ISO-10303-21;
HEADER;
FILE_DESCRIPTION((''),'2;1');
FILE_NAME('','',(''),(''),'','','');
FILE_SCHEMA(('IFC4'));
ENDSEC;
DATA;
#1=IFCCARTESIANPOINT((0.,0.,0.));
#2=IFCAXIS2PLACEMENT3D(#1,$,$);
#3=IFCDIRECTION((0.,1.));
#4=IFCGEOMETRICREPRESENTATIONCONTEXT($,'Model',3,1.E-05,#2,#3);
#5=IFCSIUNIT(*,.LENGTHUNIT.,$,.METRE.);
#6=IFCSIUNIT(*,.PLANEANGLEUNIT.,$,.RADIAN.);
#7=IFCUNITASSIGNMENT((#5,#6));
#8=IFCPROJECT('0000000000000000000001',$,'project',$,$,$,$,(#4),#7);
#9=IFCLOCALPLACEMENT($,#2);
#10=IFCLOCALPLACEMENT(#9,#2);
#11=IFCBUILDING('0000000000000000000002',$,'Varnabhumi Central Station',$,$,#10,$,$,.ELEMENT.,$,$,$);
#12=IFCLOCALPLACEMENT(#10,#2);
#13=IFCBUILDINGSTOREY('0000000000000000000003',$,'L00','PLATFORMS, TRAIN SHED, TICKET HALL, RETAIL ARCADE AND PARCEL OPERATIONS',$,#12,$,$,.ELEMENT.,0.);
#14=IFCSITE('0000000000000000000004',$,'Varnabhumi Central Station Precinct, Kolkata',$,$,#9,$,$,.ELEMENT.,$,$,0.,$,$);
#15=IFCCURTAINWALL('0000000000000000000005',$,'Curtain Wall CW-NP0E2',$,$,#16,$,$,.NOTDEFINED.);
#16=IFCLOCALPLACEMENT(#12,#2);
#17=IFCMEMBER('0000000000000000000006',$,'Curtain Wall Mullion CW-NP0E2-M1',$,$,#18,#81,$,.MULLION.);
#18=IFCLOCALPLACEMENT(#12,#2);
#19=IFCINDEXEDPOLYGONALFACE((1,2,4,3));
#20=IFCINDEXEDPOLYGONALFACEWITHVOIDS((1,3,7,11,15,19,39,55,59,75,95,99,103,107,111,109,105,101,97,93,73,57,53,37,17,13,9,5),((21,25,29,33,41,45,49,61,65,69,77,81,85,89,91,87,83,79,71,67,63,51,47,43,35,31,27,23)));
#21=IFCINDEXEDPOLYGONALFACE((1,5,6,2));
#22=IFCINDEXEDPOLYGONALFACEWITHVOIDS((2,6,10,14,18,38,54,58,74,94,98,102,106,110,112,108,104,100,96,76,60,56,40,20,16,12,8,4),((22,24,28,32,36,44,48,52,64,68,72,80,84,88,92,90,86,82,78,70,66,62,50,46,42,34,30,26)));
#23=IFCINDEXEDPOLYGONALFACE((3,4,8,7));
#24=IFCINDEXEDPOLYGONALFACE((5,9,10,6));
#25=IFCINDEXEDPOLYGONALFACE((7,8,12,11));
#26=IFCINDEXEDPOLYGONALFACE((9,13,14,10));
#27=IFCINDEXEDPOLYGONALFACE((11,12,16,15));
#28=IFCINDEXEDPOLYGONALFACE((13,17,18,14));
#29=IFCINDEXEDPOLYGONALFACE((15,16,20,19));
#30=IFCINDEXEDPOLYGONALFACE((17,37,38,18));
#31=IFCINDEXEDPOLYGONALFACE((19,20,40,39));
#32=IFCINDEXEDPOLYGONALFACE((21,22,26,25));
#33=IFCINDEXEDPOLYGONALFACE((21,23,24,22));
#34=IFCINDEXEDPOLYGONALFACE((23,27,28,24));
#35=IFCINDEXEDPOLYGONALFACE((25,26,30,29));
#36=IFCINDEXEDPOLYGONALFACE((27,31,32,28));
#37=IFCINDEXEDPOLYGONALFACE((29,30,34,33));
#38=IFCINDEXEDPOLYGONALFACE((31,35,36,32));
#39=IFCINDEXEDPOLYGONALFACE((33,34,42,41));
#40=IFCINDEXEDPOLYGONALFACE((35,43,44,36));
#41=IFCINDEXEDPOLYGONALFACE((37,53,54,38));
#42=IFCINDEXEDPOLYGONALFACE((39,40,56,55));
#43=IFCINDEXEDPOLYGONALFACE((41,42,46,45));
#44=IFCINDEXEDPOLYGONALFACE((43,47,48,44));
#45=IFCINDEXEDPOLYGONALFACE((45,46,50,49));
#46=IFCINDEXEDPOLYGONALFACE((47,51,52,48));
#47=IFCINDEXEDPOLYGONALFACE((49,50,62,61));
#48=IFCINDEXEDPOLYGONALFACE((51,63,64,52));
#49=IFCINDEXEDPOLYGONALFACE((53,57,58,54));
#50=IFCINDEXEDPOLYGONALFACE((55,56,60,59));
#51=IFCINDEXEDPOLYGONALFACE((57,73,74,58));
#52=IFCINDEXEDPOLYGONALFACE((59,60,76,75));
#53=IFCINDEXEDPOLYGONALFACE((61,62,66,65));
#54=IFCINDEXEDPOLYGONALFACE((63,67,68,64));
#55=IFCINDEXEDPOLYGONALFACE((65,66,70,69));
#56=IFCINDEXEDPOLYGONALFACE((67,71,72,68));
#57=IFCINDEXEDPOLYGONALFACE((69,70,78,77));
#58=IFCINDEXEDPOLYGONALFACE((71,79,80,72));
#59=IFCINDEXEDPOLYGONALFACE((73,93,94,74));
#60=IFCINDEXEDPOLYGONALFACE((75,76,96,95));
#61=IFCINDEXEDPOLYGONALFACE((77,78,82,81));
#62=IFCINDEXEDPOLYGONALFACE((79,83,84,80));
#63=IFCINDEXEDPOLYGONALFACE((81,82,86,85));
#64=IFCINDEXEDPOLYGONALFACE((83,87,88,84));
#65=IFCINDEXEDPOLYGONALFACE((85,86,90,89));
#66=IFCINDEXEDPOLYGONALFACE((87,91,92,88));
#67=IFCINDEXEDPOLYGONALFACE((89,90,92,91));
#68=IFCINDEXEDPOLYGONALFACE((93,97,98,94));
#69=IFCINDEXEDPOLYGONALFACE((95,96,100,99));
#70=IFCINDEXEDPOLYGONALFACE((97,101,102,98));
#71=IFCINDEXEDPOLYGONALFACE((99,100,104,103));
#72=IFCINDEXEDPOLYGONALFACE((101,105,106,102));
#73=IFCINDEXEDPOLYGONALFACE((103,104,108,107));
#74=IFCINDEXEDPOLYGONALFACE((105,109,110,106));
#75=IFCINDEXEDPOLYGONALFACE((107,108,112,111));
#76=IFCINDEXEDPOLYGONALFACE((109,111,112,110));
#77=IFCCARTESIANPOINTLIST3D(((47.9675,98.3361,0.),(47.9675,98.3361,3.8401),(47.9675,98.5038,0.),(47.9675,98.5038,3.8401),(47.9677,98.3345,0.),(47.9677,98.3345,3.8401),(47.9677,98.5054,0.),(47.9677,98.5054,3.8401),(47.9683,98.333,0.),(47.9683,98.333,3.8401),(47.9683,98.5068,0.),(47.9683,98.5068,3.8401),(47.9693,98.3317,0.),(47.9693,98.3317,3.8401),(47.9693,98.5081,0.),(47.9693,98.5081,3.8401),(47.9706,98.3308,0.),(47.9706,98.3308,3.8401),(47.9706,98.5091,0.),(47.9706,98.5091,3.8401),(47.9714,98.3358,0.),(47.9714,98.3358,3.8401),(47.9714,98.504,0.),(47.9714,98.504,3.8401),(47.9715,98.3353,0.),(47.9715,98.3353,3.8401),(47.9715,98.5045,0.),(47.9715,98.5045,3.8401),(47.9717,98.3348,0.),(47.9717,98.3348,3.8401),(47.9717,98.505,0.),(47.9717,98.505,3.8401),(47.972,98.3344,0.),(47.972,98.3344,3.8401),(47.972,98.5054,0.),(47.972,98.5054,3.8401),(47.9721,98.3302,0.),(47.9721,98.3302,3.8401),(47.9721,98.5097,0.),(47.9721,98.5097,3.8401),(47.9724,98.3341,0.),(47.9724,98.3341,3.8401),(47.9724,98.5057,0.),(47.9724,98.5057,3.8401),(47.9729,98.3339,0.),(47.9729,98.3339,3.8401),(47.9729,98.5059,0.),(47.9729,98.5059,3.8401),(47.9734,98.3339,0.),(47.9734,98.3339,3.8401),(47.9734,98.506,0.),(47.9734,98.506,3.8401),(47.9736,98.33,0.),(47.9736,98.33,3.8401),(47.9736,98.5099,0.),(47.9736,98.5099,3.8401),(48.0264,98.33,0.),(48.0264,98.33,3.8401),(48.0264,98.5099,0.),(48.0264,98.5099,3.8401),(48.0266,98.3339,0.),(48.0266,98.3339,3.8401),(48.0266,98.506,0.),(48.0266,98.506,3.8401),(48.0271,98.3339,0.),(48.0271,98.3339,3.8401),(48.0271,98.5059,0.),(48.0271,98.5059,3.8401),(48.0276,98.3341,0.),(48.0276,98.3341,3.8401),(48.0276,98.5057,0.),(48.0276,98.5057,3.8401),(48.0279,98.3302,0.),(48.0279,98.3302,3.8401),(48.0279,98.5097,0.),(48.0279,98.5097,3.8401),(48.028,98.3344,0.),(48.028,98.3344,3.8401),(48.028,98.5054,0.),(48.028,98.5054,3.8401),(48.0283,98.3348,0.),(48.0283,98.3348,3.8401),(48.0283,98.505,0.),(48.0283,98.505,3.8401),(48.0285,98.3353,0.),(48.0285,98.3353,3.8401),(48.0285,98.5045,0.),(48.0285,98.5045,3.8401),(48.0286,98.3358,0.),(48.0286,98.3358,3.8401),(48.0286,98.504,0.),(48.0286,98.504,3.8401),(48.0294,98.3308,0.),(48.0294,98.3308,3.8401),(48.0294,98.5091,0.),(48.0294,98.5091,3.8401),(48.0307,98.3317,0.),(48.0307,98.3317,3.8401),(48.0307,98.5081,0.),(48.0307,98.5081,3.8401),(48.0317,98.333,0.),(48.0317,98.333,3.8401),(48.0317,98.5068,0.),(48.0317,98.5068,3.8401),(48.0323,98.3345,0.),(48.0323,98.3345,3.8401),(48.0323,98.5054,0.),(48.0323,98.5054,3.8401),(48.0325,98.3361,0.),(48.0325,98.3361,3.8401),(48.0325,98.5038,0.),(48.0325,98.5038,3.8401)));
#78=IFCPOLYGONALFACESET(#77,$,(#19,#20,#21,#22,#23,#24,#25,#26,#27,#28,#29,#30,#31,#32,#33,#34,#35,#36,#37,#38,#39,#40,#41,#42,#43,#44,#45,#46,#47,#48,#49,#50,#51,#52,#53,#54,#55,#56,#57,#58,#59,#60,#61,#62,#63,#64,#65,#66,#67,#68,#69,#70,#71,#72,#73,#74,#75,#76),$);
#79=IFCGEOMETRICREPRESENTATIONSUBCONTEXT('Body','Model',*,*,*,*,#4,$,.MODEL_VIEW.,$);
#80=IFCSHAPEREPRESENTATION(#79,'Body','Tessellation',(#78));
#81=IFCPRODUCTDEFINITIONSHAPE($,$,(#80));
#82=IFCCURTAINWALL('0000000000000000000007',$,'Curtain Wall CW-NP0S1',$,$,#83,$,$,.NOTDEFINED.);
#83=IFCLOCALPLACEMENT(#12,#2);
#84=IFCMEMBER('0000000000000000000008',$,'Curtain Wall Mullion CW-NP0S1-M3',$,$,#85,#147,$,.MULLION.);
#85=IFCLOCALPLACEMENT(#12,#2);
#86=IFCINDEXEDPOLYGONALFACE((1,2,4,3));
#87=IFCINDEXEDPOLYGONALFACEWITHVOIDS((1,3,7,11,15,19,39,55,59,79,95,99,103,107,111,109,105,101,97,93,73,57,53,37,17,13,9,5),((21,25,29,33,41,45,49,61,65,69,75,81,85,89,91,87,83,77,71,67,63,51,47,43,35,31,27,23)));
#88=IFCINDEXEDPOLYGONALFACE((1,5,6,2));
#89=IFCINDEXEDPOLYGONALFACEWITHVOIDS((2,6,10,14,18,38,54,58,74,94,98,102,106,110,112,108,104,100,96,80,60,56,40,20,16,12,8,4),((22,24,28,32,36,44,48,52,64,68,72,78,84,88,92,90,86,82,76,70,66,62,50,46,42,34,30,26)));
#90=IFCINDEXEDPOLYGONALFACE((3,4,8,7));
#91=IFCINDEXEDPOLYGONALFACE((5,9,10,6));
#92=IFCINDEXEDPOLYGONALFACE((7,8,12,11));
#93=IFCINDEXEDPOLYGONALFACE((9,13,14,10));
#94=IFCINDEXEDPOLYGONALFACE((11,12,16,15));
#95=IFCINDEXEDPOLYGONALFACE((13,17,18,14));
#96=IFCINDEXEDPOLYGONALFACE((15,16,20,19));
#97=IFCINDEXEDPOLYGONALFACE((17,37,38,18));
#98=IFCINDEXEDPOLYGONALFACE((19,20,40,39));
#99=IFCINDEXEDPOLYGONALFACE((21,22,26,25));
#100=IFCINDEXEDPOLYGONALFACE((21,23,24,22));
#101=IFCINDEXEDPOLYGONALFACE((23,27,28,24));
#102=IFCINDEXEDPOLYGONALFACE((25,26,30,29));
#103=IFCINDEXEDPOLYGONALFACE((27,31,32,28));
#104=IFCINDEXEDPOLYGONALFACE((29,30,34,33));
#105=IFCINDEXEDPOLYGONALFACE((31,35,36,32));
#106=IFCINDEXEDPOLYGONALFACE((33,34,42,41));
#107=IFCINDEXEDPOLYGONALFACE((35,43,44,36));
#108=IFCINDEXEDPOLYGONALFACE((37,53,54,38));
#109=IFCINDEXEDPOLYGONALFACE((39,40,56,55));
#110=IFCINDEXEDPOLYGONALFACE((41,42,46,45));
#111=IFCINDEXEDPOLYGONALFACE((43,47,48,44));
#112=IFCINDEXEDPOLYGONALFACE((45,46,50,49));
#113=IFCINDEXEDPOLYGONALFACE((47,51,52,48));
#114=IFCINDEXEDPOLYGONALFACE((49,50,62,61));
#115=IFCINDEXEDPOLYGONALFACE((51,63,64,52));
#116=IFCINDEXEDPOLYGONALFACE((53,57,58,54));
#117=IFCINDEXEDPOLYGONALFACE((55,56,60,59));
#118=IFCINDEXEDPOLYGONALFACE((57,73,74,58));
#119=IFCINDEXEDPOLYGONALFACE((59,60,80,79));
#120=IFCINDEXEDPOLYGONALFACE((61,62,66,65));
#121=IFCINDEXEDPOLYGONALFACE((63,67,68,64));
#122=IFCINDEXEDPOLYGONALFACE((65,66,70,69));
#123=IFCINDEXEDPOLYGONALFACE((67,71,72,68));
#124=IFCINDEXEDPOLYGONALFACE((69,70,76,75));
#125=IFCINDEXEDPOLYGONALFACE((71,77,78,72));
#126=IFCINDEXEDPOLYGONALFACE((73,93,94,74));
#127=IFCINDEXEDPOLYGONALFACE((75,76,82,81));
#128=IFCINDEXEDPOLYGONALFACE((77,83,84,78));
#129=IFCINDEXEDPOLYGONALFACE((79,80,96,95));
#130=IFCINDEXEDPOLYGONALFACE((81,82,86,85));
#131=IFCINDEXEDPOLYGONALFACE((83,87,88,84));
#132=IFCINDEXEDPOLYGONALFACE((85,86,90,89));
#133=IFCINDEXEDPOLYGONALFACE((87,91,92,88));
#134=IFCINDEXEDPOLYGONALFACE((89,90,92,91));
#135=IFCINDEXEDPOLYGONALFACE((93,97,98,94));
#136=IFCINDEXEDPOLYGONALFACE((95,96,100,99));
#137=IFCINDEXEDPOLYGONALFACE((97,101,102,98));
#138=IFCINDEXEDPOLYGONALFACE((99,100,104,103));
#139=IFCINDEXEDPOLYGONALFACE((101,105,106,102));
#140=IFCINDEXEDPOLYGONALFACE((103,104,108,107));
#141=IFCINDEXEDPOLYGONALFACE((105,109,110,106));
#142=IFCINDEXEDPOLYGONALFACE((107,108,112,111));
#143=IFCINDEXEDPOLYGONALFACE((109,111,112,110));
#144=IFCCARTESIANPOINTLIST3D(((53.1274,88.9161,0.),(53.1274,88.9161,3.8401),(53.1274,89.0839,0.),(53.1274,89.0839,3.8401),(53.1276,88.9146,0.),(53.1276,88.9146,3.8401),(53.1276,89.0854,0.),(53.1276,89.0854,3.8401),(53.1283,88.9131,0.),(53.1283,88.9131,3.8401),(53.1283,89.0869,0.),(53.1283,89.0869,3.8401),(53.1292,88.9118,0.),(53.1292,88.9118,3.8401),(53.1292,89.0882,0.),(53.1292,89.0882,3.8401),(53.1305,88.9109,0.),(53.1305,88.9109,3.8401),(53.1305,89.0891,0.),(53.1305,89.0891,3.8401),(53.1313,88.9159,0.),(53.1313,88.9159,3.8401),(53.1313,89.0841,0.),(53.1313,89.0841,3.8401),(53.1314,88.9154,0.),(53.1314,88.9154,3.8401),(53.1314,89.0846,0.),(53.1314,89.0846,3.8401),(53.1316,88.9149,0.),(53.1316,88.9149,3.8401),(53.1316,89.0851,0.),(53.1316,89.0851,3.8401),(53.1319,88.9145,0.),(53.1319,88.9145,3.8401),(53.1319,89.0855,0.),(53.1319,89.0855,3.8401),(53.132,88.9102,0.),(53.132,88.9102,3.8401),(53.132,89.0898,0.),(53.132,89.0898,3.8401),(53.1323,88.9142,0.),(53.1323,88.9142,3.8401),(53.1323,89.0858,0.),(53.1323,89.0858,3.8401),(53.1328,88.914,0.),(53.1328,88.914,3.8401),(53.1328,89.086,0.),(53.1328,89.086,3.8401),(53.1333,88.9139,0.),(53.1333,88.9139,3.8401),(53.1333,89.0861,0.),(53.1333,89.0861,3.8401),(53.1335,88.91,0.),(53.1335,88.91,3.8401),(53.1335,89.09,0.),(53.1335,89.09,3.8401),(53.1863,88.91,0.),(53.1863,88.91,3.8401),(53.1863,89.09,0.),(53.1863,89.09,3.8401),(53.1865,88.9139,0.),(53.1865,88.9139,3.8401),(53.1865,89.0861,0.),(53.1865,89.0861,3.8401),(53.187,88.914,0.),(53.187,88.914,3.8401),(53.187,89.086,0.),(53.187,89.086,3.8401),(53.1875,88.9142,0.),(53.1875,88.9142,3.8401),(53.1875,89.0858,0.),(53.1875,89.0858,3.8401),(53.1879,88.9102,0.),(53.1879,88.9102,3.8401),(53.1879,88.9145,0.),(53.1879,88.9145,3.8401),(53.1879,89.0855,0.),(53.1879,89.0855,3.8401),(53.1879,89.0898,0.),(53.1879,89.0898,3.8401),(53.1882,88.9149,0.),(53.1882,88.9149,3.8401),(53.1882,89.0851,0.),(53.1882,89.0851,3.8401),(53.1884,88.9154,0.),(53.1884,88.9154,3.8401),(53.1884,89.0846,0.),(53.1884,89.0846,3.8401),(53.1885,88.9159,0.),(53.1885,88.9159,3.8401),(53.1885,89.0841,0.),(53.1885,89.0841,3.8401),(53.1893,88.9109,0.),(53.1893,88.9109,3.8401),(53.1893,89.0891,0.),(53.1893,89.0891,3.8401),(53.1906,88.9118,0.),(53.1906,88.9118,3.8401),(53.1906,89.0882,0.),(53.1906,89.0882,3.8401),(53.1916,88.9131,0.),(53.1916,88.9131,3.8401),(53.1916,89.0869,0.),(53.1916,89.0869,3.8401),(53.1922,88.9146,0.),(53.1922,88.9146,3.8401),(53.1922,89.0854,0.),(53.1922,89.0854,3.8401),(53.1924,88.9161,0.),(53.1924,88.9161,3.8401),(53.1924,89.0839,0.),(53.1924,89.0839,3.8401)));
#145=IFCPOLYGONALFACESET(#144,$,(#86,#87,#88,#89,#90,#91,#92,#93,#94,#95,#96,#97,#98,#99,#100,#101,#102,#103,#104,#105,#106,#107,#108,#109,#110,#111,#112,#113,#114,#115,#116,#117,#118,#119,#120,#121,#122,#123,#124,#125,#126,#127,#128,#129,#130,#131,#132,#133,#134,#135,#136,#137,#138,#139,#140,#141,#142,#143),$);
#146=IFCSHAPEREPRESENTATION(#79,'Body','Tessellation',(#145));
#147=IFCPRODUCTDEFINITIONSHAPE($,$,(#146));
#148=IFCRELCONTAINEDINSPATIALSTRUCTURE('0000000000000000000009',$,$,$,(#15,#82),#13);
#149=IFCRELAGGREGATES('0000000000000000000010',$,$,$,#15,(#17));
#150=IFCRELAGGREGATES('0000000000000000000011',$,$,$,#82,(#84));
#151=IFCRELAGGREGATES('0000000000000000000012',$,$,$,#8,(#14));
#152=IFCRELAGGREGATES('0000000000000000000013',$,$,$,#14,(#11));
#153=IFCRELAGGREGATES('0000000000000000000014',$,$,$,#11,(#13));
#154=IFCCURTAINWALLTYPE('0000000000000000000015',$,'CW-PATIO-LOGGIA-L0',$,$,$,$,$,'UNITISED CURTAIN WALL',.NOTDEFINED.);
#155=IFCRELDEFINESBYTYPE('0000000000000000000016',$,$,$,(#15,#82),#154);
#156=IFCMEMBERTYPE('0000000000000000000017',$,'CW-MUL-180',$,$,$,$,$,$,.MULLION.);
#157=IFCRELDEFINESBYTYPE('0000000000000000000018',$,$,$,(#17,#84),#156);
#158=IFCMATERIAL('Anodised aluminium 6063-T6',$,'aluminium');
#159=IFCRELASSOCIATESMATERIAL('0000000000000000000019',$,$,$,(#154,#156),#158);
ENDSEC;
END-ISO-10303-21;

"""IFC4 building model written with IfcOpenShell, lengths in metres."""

from ifc_helpers import new_model, si_unit, direction, frame, origin, origin_2d, place, context, subcontext, project, spatial, hollow_rectangle, extrude, material, material_profile, profile_set, type_object, element, aggregate, save


model = new_model("IFC4")

# Units and contexts
model_context = context("Model", 3, precision=1e-05, world=origin(), true_north=direction((0.0, 1.0)))
body_context = subcontext(model_context, "Body", "Model", "MODEL_VIEW")
ifc_project = project(units=[si_unit("LENGTHUNIT", "METRE"), si_unit("PLANEANGLEUNIT", "RADIAN")], contexts=[model_context])

# Site, building, storey
site_placement = place(None, origin())
site = spatial("IfcSite", under=ifc_project, at=site_placement, Name="Varnabhumi Central Station Precinct, Kolkata", CompositionType="ELEMENT", RefElevation=0.0)
building_placement = place(site_placement, origin())
building = spatial("IfcBuilding", under=site, at=building_placement, Name="Varnabhumi Central Station", CompositionType="ELEMENT")
storey_placement = place(building_placement, origin())
storey = spatial("IfcBuildingStorey", under=building, at=storey_placement, Name="L00", Description="PLATFORMS, TRAIN SHED, TICKET HALL, RETAIL ARCADE AND PARCEL OPERATIONS", CompositionType="ELEMENT", Elevation=0.0)

# Shared definitions
ifc_material_1 = material(Name="Anodised aluminium 6063-T6", Category="aluminium")
curtain_wall_type = type_object("IfcCurtainWallType", Name="CW-PATIO-LOGGIA-L0", ElementType="UNITISED CURTAIN WALL", PredefinedType="NOTDEFINED", material=ifc_material_1)
ifc_material_profile_1 = material_profile(ifc_material_1, hollow_rectangle(XDim=0.0649, YDim=0.1799, WallThickness=0.0039, InnerFilletRadius=0.002, OuterFilletRadius=0.0061, at=origin_2d()), Name="Anodised aluminium 6063-T6", Category="aluminium")
ifc_profile_set_1 = profile_set([ifc_material_profile_1], Name="Anodised aluminium 6063-T6")
member_type_1 = type_object("IfcMemberType", Name="CW-MUL-180", PredefinedType="MULLION", material=ifc_profile_set_1)

# Curtain walls, members
curtain_wall_1_placement = place(storey_placement, origin())
curtain_wall_1 = element("IfcCurtainWall", 1, at=curtain_wall_1_placement, inside=storey, type_object=curtain_wall_type, Name="Curtain Wall CW-NP0E2", PredefinedType="NOTDEFINED")
member_1_placement = place(storey_placement, frame((48.0, 98.4199, 0.0), z_axis=(0.0, 0.0, 1.0), x_axis=(1.0, 0.0, 0.0)))
member_1 = element("IfcMember", 2, at=member_1_placement, type_object=member_type_1, Name="Curtain Wall Mullion CW-NP0E2-M1", PredefinedType="MULLION", context=body_context, shape_type="SweptSolid", body=[
    extrude(hollow_rectangle(XDim=0.0649, YDim=0.1799, WallThickness=0.0039, InnerFilletRadius=0.002, OuterFilletRadius=0.0061, at=origin_2d()), origin(), (0.0, 0.0, 1.0), 3.8401),
])
curtain_wall_2_placement = place(storey_placement, origin())
curtain_wall_2 = element("IfcCurtainWall", 3, at=curtain_wall_2_placement, inside=storey, type_object=curtain_wall_type, Name="Curtain Wall CW-NP0S1", PredefinedType="NOTDEFINED")
member_2_placement = place(storey_placement, frame((53.1599, 89.0, 0.0), z_axis=(0.0, 0.0, 1.0), x_axis=(1.0, 0.0, 0.0)))
member_2 = element("IfcMember", 4, at=member_2_placement, type_object=member_type_1, Name="Curtain Wall Mullion CW-NP0S1-M3", PredefinedType="MULLION", context=body_context, shape_type="SweptSolid", body=[
    extrude(hollow_rectangle(XDim=0.0649, YDim=0.1799, WallThickness=0.0039, InnerFilletRadius=0.002, OuterFilletRadius=0.0061, at=origin_2d()), origin(), (0.0, 0.0, 1.0), 3.8401),
])

aggregate(curtain_wall_1, [member_1])

aggregate(curtain_wall_2, [member_2])

save(model, "model.ifc")
